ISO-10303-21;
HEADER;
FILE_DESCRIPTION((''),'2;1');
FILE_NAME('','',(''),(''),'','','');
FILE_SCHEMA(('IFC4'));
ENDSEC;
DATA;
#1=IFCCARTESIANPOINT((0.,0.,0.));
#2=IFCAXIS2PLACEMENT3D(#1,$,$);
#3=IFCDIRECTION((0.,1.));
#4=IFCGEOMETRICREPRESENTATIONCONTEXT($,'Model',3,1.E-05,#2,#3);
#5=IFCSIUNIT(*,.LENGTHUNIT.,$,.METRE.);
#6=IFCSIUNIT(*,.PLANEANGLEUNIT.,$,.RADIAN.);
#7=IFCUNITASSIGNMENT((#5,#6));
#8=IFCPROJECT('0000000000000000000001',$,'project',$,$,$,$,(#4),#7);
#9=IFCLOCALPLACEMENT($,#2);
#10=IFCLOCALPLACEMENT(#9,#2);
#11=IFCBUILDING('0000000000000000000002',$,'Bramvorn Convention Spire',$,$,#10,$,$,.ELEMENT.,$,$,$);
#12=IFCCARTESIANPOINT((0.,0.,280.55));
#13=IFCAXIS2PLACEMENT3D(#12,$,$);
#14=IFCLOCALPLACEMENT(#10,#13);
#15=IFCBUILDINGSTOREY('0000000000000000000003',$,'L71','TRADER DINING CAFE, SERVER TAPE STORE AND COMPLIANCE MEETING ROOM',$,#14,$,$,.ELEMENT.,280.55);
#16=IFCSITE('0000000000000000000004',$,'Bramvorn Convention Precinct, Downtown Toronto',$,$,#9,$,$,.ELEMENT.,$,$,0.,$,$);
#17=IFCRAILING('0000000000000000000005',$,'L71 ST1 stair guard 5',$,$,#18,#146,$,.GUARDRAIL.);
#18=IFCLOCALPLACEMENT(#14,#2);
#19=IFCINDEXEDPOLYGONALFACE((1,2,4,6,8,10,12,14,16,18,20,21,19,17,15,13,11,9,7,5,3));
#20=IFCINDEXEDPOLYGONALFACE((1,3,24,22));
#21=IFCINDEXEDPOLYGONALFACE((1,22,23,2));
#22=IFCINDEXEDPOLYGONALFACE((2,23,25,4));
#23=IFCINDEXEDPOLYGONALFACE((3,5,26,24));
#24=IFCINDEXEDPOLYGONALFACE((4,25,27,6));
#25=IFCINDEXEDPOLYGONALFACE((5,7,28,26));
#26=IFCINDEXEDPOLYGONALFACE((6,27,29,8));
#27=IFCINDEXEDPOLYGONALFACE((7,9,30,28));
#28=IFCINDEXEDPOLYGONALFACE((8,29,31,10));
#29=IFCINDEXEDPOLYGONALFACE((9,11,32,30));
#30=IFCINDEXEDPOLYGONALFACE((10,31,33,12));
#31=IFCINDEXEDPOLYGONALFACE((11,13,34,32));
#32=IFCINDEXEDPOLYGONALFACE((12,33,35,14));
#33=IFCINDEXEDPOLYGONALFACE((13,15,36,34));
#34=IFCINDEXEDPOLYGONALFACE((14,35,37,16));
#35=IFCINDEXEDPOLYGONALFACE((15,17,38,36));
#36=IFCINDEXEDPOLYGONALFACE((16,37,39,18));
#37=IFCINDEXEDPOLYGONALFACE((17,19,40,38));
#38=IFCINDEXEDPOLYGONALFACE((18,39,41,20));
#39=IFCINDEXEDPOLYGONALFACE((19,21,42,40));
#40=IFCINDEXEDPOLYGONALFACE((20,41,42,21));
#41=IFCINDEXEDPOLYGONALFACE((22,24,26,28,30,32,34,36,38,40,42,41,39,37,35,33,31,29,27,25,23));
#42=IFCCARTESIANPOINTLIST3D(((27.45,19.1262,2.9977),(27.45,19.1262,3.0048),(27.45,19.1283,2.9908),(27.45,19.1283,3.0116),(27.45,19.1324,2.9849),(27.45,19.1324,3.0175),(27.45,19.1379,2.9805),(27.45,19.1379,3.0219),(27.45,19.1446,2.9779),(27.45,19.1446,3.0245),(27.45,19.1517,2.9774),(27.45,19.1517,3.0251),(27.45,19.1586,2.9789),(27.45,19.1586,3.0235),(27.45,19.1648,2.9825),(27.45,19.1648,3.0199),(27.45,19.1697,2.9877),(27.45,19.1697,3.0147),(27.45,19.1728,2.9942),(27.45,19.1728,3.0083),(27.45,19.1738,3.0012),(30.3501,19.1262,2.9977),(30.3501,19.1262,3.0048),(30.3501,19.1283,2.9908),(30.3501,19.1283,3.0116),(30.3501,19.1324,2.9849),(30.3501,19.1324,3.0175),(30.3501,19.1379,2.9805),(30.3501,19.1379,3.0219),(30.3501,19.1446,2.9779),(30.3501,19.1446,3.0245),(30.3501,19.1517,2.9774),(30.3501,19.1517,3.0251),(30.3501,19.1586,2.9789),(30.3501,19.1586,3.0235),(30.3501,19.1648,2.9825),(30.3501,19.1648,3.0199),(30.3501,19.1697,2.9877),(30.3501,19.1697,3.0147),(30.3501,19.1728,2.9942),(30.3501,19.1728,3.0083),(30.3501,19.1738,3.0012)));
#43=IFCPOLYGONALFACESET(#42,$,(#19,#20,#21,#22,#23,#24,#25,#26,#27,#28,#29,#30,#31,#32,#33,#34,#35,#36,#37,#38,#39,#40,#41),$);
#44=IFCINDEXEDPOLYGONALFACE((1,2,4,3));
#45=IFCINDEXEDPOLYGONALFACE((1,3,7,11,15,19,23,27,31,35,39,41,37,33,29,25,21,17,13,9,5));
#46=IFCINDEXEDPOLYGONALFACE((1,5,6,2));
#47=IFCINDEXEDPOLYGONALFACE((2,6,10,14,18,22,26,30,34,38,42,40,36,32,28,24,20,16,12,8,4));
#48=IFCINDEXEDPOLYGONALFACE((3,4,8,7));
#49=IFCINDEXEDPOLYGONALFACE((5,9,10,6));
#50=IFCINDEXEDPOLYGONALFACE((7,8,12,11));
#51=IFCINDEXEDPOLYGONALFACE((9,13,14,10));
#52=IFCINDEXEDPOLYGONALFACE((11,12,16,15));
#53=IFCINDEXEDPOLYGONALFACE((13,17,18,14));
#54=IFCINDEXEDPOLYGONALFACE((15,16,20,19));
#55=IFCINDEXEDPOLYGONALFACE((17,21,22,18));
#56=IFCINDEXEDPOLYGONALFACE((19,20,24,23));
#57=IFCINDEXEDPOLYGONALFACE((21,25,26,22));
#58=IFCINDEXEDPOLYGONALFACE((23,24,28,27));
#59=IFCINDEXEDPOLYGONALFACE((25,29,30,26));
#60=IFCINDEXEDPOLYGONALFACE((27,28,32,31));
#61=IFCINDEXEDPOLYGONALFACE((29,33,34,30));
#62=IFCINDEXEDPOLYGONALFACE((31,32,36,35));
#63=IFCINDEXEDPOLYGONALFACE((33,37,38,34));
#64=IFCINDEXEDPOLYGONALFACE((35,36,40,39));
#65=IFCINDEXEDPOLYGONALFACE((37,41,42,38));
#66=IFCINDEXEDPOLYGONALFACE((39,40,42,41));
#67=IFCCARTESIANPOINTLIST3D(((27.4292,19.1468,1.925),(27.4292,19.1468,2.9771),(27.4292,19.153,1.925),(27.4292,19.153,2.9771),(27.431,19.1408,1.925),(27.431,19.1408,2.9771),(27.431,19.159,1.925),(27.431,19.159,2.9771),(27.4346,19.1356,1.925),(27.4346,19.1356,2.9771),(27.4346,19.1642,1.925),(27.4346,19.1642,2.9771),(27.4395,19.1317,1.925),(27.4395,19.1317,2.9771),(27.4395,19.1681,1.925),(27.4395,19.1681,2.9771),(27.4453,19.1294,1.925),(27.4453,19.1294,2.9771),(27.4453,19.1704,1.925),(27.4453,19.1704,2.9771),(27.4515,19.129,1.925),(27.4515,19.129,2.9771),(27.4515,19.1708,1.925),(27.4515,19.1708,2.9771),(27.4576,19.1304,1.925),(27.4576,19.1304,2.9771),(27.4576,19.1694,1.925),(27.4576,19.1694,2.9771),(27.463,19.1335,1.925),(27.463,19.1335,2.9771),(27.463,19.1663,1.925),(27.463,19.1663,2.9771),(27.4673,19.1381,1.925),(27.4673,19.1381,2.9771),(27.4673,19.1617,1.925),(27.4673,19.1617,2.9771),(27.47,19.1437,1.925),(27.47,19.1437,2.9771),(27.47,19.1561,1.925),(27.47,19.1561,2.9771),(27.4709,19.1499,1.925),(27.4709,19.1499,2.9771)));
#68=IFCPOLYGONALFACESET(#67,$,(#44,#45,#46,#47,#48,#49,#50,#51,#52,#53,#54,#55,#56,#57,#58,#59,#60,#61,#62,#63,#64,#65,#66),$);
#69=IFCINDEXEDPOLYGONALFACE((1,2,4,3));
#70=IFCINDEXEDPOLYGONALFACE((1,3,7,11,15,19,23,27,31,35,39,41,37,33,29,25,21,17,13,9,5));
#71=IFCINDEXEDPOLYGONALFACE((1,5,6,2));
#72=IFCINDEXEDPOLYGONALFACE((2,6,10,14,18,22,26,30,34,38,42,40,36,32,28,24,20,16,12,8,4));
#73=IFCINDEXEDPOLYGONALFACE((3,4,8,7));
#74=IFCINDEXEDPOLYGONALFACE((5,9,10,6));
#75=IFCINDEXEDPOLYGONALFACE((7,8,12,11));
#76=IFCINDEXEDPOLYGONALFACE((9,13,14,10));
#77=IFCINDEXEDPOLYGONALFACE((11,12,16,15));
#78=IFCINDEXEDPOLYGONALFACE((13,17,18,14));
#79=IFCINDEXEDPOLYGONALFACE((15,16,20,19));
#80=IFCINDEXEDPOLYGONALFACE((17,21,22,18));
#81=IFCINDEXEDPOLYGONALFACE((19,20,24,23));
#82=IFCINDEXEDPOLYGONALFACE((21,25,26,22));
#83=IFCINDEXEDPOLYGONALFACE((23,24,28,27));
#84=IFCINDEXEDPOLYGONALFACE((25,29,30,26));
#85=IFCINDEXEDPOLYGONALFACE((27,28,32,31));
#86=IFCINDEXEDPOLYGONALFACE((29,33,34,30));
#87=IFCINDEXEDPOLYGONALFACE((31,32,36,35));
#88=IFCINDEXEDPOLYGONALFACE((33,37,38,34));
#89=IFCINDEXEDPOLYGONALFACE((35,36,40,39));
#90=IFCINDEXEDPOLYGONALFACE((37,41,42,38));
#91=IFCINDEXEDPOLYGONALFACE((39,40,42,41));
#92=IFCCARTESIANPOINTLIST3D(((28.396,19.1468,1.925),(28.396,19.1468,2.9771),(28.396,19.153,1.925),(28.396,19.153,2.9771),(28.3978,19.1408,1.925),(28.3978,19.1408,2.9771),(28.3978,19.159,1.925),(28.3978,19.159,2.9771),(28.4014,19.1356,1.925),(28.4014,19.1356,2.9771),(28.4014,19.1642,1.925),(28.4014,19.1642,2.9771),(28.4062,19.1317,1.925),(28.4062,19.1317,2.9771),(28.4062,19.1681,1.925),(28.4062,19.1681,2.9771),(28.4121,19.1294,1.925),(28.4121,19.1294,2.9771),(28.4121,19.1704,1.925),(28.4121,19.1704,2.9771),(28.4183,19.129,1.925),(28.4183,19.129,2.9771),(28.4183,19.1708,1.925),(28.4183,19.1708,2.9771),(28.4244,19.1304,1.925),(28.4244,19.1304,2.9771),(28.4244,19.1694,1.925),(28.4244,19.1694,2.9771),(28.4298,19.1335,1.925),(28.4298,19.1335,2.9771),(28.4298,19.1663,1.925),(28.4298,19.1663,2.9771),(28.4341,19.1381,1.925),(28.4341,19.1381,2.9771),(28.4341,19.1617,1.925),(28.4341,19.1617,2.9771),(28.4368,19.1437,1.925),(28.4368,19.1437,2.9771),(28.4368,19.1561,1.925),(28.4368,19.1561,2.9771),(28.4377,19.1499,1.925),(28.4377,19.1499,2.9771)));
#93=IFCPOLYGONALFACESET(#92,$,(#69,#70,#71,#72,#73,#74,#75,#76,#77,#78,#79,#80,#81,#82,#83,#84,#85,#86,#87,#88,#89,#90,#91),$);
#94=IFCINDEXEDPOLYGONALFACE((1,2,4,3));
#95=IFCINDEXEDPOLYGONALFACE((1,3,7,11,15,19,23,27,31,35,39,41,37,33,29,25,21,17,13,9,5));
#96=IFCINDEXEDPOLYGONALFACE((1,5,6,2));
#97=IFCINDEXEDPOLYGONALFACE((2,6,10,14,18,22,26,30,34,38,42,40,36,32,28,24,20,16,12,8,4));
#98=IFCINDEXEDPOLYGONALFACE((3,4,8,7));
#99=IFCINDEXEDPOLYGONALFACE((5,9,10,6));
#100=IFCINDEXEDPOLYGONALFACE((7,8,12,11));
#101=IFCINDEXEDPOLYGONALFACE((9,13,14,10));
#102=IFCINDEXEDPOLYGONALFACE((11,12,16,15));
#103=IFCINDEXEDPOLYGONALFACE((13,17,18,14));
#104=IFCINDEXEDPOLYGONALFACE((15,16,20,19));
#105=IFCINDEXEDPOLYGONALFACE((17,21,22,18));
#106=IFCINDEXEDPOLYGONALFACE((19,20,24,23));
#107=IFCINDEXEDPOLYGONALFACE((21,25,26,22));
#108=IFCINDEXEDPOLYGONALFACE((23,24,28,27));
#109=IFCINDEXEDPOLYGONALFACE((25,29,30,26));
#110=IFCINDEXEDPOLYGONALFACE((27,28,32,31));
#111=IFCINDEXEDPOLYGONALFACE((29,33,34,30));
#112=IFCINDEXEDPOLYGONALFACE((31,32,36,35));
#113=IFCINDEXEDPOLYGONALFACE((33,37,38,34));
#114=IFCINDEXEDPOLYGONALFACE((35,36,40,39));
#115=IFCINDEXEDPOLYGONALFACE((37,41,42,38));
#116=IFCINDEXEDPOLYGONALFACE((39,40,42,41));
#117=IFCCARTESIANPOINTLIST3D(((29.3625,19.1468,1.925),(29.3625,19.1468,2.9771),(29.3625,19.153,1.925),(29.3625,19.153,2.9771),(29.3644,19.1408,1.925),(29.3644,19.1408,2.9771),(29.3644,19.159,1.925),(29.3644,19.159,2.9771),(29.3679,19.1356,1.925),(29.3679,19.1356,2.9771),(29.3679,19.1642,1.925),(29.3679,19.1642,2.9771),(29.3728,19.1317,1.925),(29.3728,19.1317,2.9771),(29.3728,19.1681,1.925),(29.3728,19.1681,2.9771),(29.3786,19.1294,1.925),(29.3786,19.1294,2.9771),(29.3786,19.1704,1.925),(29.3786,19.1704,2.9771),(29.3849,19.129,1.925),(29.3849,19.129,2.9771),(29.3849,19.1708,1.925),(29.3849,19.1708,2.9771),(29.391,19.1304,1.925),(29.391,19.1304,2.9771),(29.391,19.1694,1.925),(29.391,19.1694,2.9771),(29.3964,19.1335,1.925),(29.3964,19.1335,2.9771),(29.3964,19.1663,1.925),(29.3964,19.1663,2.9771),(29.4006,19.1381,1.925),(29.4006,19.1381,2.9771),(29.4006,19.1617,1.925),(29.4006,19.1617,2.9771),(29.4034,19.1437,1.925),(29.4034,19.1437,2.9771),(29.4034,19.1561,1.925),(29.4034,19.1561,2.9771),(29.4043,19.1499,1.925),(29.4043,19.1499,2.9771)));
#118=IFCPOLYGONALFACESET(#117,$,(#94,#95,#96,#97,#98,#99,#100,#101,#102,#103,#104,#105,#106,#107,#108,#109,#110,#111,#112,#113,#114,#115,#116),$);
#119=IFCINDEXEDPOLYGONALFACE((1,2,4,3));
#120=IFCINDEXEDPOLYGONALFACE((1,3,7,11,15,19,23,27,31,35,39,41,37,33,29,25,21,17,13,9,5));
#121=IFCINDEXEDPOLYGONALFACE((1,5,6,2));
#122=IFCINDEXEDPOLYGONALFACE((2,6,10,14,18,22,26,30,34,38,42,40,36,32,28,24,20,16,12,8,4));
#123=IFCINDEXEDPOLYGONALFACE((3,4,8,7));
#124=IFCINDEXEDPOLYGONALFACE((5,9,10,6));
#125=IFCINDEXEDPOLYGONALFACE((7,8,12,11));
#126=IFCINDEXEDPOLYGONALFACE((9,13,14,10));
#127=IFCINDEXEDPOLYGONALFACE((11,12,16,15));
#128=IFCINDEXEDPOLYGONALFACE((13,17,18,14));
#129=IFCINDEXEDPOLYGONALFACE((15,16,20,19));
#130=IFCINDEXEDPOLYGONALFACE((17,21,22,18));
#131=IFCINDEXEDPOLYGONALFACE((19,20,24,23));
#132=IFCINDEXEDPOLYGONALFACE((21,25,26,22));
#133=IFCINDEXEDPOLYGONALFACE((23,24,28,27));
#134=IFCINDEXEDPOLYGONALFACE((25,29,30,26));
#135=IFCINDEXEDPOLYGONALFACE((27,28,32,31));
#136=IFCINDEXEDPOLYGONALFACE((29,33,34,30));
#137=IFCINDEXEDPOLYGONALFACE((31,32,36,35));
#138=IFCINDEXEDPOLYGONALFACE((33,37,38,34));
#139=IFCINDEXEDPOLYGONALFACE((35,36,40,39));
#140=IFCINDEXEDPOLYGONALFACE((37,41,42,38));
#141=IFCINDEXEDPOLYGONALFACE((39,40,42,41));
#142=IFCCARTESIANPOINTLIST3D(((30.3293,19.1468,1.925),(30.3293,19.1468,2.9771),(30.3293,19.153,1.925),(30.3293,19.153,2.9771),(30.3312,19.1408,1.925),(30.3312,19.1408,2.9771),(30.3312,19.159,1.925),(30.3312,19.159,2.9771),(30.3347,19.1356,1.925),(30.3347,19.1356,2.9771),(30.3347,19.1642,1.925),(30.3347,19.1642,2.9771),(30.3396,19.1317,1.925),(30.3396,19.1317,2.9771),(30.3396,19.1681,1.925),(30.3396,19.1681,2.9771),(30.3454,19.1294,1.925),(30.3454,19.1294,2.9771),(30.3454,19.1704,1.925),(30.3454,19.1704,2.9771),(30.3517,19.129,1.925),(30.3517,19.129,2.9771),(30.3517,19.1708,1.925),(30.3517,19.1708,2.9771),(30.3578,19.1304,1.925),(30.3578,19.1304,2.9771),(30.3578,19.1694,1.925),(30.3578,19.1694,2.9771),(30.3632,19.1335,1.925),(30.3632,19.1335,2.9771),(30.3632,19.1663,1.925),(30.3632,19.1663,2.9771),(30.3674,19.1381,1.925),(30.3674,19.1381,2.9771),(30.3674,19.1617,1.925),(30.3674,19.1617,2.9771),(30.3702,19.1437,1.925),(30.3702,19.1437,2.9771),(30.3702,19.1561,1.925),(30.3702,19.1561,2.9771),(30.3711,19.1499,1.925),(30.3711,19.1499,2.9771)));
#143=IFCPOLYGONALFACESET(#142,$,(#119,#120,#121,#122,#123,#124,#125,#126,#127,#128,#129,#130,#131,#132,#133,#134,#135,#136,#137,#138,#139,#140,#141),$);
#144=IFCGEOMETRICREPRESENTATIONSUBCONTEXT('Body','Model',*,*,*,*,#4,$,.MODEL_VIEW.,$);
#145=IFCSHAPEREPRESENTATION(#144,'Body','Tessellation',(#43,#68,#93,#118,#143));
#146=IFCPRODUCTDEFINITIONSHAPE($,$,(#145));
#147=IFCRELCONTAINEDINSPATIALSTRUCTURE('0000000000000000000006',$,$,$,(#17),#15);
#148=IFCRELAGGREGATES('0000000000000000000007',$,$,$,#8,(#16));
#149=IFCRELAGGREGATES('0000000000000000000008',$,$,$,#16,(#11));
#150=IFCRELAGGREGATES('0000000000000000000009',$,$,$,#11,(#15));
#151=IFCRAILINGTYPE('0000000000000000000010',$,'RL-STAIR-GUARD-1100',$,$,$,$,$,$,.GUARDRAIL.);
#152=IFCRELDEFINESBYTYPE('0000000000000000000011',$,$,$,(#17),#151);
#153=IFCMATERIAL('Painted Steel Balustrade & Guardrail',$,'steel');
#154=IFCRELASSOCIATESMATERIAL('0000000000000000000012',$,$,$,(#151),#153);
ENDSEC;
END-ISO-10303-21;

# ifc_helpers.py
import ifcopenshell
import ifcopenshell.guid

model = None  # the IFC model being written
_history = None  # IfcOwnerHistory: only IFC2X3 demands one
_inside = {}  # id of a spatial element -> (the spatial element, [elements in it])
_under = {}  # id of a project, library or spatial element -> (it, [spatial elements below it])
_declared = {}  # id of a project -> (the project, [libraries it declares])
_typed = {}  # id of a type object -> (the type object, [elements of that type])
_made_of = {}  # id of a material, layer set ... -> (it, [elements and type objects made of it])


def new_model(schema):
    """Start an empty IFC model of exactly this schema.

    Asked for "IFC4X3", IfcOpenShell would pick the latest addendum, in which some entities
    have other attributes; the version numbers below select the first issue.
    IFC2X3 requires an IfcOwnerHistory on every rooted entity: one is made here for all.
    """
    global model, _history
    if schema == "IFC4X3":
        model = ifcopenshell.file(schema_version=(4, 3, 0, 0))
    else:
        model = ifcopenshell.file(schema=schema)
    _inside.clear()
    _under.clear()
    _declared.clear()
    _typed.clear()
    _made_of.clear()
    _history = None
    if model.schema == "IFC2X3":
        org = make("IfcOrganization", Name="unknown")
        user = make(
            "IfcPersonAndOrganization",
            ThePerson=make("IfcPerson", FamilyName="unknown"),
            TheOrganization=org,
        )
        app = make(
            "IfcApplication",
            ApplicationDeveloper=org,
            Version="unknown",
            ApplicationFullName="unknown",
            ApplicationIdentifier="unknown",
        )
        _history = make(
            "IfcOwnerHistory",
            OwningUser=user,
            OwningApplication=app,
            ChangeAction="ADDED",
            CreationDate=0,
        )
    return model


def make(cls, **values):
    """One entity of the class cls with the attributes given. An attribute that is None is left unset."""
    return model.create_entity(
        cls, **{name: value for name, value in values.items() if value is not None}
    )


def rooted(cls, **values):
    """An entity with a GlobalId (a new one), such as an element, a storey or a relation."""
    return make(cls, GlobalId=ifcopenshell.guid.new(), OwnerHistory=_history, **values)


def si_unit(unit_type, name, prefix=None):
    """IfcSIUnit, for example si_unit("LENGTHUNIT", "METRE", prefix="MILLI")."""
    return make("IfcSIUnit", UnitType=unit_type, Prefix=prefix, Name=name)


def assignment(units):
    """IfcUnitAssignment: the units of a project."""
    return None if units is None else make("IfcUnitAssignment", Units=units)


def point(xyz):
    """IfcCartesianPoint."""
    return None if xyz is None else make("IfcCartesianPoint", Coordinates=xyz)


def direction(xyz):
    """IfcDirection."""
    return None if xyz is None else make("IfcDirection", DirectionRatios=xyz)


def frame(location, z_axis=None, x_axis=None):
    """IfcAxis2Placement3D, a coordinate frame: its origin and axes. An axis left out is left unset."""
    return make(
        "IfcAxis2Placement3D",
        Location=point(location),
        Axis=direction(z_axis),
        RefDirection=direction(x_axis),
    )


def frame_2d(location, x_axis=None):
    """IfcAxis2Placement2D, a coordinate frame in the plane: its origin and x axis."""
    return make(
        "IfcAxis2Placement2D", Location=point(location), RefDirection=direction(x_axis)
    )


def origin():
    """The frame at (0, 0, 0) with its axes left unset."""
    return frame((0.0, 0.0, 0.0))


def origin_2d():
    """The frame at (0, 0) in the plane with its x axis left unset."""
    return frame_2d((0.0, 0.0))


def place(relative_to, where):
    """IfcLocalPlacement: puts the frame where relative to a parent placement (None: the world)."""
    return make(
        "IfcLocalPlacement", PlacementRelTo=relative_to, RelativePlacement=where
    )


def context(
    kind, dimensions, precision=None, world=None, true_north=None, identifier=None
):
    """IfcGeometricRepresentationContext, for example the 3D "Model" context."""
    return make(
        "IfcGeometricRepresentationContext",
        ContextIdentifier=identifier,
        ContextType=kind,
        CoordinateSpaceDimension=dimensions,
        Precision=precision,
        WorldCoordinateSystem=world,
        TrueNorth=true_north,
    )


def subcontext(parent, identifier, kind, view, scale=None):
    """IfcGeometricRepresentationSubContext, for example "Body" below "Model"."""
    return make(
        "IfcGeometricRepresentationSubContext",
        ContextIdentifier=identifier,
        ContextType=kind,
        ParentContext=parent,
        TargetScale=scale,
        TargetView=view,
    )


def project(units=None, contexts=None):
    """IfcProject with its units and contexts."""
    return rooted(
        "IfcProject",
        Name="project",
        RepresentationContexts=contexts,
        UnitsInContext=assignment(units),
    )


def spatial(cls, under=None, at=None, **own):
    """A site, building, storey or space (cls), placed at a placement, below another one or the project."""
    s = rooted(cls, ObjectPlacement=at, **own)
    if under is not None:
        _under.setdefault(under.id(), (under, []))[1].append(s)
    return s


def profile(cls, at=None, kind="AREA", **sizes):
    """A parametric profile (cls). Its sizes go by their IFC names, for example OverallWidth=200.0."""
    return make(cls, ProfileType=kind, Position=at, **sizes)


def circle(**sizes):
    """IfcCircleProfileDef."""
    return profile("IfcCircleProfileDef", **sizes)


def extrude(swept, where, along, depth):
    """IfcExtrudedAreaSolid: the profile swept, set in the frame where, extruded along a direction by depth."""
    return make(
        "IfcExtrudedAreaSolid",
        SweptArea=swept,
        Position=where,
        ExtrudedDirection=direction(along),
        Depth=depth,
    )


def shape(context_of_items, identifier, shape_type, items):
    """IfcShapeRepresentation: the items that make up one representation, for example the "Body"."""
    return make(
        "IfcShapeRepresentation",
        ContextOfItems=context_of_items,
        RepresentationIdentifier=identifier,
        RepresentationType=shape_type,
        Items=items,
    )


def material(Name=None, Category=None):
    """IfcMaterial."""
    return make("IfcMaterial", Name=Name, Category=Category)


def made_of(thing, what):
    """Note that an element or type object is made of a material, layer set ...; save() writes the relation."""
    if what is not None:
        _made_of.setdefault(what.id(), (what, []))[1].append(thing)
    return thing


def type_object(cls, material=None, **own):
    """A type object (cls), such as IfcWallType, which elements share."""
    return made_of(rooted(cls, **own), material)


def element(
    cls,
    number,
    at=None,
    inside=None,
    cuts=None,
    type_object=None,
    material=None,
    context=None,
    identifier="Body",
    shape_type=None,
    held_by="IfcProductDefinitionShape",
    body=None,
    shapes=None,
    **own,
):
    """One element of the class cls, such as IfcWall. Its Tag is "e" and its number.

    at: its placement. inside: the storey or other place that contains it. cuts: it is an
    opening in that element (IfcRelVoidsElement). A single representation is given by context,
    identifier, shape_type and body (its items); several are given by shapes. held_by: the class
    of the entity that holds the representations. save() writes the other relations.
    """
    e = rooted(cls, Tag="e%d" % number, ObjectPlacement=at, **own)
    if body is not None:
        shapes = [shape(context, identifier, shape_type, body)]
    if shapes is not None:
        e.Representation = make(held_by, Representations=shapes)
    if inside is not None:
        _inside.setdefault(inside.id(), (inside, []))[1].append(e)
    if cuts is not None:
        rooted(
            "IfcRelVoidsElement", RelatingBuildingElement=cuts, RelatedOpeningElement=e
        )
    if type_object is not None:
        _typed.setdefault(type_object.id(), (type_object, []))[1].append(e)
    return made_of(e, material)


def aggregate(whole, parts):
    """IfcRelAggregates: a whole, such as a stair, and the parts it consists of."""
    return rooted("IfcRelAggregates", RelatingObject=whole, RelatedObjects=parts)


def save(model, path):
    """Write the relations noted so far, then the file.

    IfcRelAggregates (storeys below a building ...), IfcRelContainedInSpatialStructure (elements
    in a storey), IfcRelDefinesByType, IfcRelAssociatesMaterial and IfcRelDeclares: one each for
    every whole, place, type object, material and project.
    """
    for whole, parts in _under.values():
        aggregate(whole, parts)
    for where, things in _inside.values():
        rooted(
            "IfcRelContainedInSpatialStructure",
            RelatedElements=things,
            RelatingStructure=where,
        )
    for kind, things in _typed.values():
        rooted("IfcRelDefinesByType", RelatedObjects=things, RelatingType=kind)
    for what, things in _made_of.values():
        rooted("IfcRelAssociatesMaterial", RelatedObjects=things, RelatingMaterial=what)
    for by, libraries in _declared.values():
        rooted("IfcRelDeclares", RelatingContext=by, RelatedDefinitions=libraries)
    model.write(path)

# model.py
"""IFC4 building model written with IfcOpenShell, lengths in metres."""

from ifc_helpers import new_model, si_unit, direction, frame, origin, origin_2d, place, context, subcontext, project, spatial, circle, extrude, material, type_object, element, save


model = new_model("IFC4")

# Units and contexts
model_context = context("Model", 3, precision=1e-05, world=origin(), true_north=direction((0.0, 1.0)))
body_context = subcontext(model_context, "Body", "Model", "MODEL_VIEW")
ifc_project = project(units=[si_unit("LENGTHUNIT", "METRE"), si_unit("PLANEANGLEUNIT", "RADIAN")], contexts=[model_context])

# Site, building, storey
site_placement = place(None, origin())
site = spatial("IfcSite", under=ifc_project, at=site_placement, Name="Bramvorn Convention Precinct, Downtown Toronto", CompositionType="ELEMENT", RefElevation=0.0)
building_placement = place(site_placement, origin())
building = spatial("IfcBuilding", under=site, at=building_placement, Name="Bramvorn Convention Spire", CompositionType="ELEMENT")
storey_placement = place(building_placement, frame((0.0, 0.0, 280.55)))
storey = spatial("IfcBuildingStorey", under=building, at=storey_placement, Name="L71", Description="TRADER DINING CAFE, SERVER TAPE STORE AND COMPLIANCE MEETING ROOM", CompositionType="ELEMENT", Elevation=280.55)

# Railing
ifc_material_1 = material(Name="Painted Steel Balustrade & Guardrail", Category="steel")
railing_type_1 = type_object("IfcRailingType", Name="RL-STAIR-GUARD-1100", PredefinedType="GUARDRAIL", material=ifc_material_1)
railing_1_placement = place(storey_placement, frame((27.45, 19.1499, 1.925)))
element("IfcRailing", 1, at=railing_1_placement, inside=storey, type_object=railing_type_1, Name="L71 ST1 stair guard 5", PredefinedType="GUARDRAIL", context=body_context, shape_type="SweptSolid", body=[
    extrude(circle(Radius=0.0239, at=origin_2d()), frame((0.0, 0.0, 1.0762), z_axis=(1.0, 0.0, 0.0), x_axis=(0.0, 1.0, 0.0)), (0.0, 0.0, 1.0), 2.9001),
    extrude(circle(Radius=0.021, at=origin_2d()), origin(), (0.0, 0.0, 1.0), 1.052),
    extrude(circle(Radius=0.021, at=origin_2d()), frame((0.9668, 0.0, 0.0)), (0.0, 0.0, 1.0), 1.052),
    extrude(circle(Radius=0.021, at=origin_2d()), frame((1.9333, 0.0, 0.0)), (0.0, 0.0, 1.0), 1.052),
    extrude(circle(Radius=0.021, at=origin_2d()), frame((2.9001, 0.0, 0.0)), (0.0, 0.0, 1.0), 1.052),
])

save(model, "model.ifc")
